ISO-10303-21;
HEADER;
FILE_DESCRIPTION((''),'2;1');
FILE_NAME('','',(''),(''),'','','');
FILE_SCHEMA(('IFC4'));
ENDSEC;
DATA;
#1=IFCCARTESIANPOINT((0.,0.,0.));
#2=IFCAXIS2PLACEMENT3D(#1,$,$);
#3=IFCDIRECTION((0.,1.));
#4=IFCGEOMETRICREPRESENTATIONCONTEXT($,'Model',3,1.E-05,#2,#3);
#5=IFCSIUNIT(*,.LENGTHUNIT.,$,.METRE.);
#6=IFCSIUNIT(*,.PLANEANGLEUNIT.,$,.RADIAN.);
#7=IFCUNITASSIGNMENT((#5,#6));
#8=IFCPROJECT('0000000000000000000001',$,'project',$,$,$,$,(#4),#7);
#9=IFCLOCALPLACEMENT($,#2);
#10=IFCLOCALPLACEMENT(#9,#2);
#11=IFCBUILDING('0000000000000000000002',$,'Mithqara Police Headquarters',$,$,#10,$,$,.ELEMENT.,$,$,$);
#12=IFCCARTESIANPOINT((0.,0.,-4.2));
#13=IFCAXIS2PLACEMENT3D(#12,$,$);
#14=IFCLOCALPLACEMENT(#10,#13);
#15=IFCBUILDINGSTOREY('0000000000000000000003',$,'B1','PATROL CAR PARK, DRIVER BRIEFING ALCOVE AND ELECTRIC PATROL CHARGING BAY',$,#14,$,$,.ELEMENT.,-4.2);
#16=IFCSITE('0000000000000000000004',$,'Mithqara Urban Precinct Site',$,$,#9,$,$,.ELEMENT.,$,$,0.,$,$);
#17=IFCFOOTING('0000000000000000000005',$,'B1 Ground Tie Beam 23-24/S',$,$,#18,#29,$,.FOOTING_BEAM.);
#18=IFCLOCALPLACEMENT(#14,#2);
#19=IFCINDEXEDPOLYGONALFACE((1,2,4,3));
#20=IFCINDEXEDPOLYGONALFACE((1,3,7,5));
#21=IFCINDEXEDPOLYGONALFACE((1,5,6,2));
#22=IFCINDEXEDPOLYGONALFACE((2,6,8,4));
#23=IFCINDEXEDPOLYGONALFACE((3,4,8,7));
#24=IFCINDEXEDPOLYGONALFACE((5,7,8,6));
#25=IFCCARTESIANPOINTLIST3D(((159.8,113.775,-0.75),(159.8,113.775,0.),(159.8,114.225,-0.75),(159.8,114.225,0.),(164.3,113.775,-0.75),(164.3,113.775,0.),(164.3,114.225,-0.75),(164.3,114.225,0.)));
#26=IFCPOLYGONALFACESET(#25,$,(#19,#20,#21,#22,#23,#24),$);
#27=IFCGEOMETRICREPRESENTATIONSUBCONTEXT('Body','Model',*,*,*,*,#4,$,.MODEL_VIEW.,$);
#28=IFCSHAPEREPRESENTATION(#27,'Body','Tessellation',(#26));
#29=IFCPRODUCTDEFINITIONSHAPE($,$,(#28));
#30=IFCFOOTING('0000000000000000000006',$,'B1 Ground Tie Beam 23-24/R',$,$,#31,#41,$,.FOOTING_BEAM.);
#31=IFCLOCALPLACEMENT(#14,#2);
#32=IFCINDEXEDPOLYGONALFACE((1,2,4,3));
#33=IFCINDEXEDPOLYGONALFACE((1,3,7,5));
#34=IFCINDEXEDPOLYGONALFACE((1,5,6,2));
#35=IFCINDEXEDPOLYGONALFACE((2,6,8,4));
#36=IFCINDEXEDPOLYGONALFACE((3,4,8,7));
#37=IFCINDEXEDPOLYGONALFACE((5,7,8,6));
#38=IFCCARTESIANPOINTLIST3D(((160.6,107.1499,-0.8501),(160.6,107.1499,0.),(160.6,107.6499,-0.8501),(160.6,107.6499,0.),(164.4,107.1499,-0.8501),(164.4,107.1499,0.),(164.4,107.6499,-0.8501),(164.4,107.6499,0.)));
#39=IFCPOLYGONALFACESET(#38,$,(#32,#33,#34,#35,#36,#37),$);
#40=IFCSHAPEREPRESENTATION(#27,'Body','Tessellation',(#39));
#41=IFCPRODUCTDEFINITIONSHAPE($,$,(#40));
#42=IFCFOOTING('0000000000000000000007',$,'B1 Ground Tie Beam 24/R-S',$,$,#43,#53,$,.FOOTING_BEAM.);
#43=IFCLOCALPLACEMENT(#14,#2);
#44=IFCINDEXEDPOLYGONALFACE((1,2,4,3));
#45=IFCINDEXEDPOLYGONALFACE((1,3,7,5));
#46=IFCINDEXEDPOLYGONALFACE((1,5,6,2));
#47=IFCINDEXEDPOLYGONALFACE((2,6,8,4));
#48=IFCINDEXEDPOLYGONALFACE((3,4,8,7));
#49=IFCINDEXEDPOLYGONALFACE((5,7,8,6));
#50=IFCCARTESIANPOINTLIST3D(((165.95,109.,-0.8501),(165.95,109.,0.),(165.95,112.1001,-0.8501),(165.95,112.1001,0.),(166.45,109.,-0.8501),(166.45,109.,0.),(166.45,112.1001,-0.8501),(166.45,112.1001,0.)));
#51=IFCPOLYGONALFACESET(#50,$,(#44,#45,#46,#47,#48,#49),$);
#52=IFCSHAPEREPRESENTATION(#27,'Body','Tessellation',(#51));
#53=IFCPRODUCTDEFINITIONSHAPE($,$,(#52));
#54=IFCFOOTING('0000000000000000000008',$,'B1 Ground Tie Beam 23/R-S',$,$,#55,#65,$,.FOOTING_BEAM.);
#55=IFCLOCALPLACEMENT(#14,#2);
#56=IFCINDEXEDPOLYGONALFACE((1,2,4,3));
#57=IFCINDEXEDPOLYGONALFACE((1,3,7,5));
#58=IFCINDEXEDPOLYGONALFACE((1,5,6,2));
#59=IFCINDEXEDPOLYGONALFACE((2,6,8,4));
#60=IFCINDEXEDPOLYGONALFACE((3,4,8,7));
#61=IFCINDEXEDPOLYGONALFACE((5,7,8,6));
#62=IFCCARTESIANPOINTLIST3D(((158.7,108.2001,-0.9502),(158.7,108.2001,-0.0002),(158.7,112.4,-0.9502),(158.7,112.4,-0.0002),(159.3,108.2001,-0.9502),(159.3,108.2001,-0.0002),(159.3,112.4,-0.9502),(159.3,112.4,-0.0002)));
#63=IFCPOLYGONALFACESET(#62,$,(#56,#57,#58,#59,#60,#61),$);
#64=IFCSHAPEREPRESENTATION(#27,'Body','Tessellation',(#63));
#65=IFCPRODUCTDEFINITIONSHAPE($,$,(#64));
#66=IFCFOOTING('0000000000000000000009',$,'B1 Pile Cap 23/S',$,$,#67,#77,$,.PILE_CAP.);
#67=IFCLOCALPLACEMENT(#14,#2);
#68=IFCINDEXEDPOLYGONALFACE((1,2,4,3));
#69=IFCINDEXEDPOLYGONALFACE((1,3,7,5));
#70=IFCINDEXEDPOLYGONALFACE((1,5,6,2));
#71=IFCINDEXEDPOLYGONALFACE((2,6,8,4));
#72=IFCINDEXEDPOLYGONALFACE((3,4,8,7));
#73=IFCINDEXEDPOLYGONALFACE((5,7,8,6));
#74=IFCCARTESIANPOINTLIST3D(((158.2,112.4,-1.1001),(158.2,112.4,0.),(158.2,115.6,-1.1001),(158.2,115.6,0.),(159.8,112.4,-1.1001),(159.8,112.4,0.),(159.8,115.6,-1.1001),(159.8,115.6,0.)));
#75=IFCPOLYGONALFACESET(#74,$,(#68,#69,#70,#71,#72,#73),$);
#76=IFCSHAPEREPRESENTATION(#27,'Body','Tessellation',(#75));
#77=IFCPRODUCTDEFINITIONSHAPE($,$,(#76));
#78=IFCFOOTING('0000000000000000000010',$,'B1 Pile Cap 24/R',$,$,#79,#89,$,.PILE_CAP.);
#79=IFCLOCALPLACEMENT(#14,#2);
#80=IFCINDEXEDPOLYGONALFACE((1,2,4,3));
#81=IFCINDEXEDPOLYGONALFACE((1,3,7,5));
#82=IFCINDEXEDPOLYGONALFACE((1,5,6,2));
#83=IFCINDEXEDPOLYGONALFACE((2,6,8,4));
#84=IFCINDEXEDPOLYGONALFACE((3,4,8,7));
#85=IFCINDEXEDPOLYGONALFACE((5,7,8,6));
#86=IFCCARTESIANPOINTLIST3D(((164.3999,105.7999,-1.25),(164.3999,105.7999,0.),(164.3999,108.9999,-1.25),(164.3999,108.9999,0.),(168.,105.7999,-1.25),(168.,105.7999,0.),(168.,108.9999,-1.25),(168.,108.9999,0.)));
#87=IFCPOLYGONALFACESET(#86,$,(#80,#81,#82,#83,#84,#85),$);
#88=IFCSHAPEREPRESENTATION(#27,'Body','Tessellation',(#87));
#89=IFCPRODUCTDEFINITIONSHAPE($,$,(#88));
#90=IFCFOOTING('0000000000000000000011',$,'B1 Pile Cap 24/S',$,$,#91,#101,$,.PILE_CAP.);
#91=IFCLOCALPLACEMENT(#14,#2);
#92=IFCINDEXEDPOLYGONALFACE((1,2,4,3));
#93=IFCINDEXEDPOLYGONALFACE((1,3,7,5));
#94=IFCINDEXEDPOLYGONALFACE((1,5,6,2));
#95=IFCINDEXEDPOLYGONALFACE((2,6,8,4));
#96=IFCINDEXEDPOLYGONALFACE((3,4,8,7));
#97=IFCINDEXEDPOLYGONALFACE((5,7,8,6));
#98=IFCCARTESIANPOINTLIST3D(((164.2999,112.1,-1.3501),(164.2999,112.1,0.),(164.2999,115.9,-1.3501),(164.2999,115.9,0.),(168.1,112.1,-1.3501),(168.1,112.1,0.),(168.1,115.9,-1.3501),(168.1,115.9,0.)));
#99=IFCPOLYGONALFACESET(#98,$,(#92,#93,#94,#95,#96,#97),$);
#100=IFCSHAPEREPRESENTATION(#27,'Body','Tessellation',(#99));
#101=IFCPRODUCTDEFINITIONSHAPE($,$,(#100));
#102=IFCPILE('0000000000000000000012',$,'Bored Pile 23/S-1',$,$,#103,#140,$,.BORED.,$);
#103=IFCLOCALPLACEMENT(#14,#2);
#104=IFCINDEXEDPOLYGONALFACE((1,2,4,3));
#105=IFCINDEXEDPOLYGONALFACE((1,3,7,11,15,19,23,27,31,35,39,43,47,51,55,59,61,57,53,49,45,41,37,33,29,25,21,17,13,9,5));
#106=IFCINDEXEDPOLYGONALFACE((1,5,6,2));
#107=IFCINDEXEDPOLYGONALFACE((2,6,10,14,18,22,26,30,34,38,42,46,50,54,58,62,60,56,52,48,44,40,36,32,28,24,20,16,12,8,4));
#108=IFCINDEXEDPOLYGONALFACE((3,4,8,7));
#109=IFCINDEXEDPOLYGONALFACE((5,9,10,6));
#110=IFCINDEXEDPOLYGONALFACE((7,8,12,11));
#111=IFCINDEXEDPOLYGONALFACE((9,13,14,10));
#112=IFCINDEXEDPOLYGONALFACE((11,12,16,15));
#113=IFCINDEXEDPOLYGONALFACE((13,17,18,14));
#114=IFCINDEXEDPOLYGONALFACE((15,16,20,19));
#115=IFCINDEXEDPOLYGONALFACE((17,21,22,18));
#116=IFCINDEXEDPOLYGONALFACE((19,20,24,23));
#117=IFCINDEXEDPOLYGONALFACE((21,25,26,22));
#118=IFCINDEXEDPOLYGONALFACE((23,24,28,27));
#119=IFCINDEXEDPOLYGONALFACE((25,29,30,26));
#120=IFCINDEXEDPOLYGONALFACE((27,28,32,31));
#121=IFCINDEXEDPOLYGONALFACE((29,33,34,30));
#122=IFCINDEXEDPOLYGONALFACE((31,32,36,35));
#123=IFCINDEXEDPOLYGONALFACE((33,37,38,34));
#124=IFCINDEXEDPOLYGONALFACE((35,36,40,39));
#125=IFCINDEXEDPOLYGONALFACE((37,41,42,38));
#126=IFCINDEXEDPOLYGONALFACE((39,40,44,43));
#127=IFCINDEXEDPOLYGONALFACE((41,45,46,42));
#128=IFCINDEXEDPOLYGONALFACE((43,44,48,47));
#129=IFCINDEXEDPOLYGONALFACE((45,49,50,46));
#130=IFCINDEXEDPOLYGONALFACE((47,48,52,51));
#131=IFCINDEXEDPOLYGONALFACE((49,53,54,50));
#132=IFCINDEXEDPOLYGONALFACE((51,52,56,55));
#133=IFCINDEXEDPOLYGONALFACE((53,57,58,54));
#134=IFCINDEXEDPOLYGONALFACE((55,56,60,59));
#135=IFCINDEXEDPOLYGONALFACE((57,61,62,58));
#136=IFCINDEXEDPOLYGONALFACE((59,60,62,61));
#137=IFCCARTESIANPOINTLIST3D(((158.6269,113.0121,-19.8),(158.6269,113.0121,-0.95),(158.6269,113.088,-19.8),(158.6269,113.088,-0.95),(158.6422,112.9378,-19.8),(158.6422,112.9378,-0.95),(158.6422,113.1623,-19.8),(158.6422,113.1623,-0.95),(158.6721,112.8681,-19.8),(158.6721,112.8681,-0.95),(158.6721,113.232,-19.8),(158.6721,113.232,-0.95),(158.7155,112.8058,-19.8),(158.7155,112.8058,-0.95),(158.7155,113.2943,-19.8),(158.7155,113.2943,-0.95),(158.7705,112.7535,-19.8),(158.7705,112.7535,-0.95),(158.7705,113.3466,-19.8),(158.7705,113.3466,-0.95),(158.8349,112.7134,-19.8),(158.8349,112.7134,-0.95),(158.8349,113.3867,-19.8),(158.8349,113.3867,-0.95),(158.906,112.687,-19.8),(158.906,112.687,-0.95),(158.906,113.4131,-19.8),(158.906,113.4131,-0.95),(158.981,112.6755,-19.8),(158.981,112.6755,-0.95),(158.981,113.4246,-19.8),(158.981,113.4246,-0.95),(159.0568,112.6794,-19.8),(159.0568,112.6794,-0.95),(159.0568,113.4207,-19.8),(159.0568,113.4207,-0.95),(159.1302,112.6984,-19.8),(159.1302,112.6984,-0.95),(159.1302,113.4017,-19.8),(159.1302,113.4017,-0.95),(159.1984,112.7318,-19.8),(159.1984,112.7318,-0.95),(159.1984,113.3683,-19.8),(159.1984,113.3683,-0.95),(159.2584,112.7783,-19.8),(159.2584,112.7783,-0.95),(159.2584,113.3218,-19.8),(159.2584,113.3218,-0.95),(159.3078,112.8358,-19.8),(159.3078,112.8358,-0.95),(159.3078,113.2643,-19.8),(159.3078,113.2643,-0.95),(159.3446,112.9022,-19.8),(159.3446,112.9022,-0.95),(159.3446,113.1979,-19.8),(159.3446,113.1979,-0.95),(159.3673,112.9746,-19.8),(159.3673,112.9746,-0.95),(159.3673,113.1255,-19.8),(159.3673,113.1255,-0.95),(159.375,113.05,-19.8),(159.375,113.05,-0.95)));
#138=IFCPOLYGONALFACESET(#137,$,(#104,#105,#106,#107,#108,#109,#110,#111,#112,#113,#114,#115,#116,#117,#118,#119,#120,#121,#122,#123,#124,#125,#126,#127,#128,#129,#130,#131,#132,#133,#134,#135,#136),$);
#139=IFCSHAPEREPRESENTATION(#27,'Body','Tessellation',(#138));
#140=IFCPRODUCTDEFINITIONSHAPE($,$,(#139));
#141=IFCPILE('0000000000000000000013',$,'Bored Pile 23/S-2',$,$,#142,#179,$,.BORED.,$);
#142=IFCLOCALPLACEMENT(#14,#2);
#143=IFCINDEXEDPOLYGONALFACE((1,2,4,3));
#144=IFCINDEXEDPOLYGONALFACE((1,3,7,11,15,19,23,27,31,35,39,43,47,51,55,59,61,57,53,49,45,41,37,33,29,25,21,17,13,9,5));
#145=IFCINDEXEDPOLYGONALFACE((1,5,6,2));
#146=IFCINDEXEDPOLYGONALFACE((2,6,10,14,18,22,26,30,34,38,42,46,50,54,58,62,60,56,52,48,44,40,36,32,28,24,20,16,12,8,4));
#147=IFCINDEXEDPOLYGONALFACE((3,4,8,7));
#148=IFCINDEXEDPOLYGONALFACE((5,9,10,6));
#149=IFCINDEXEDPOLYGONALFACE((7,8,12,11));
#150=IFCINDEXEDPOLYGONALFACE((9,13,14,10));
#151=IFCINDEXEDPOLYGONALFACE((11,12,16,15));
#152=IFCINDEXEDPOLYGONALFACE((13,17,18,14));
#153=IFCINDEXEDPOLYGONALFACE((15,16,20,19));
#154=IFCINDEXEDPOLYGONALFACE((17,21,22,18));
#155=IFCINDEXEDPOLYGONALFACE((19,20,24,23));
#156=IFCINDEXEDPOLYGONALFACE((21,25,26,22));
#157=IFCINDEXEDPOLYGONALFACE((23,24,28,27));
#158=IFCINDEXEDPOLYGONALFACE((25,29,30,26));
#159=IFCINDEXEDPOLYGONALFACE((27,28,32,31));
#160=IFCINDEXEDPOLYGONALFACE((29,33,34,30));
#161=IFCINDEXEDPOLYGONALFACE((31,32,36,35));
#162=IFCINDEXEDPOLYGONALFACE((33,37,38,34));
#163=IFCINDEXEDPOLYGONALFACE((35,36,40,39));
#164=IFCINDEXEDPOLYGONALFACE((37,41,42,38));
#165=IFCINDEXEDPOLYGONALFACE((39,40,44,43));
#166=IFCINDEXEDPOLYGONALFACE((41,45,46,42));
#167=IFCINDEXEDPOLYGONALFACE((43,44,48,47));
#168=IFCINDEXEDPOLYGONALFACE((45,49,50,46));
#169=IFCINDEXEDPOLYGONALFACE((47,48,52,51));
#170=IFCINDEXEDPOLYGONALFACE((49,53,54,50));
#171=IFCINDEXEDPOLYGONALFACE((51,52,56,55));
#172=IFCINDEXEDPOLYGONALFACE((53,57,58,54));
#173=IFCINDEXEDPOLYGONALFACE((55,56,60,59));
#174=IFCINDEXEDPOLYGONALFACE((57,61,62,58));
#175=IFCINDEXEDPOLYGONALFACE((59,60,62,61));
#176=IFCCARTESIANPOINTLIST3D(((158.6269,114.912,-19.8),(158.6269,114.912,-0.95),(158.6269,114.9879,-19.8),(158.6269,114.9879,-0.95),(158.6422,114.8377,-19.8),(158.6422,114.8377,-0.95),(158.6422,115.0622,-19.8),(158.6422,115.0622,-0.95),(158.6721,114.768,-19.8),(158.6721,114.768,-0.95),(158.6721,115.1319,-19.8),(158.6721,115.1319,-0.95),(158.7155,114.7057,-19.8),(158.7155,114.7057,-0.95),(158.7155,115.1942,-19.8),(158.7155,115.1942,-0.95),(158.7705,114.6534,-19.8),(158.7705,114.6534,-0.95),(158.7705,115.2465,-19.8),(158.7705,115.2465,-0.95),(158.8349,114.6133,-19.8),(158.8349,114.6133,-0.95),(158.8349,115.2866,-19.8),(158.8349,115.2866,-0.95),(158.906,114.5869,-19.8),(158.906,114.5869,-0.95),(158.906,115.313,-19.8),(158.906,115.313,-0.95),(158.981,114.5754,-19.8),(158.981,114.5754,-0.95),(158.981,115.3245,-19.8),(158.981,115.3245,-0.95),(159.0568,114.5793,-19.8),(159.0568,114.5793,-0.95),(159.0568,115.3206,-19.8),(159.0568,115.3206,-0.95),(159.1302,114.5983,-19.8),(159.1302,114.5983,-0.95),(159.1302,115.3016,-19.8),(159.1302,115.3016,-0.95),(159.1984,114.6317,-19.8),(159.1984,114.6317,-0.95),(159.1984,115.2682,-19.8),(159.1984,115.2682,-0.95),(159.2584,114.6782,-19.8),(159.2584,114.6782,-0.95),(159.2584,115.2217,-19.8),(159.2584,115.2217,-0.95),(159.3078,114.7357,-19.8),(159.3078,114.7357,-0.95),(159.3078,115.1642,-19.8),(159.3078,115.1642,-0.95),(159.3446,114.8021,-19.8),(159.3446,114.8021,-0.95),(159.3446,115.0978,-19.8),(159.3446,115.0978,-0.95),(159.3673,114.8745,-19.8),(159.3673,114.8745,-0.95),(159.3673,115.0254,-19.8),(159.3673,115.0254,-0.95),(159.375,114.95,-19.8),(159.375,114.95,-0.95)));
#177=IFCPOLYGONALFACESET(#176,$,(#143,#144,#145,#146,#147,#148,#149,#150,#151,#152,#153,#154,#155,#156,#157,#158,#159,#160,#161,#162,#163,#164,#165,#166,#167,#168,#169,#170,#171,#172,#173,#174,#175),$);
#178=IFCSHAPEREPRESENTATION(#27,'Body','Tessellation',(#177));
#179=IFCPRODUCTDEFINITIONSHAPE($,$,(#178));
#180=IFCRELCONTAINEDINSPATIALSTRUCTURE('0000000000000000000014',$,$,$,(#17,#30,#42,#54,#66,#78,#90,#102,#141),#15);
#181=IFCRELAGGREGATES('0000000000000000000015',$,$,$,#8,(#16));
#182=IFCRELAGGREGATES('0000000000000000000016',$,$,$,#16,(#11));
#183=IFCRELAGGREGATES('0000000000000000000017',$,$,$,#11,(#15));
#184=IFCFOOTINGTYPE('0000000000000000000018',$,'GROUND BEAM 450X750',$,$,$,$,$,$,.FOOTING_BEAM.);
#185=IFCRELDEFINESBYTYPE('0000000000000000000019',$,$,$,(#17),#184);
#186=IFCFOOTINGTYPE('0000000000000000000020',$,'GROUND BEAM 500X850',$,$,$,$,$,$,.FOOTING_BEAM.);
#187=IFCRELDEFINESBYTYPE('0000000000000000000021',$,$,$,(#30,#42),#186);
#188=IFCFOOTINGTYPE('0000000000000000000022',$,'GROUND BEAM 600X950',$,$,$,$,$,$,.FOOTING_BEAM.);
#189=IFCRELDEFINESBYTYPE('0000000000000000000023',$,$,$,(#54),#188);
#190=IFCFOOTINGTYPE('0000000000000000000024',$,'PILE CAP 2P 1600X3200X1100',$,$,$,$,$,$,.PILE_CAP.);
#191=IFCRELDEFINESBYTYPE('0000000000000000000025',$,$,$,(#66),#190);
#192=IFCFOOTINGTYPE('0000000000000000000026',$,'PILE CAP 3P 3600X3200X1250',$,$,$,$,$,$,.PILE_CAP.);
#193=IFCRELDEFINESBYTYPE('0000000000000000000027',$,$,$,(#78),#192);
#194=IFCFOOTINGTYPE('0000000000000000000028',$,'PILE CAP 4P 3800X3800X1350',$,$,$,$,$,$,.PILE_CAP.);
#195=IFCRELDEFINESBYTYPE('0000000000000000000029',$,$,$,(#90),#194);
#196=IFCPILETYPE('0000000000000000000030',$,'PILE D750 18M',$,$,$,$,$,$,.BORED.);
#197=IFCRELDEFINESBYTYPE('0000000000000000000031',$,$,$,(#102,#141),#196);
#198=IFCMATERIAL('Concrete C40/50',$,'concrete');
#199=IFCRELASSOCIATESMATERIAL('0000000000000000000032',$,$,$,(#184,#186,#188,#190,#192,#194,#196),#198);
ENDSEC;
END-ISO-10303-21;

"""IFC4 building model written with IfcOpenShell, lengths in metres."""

from ifc_helpers import new_model, si_unit, direction, frame, origin, origin_2d, place, context, subcontext, project, spatial, rectangle, circle, extrude, material, material_profile, profile_set, type_object, element, save


model = new_model("IFC4")

# Units and contexts
model_context = context("Model", 3, precision=1e-05, world=origin(), true_north=direction((0.0, 1.0)))
body_context = subcontext(model_context, "Body", "Model", "MODEL_VIEW")
ifc_project = project(units=[si_unit("LENGTHUNIT", "METRE"), si_unit("PLANEANGLEUNIT", "RADIAN")], contexts=[model_context])

# Site, building, storey
site_placement = place(None, origin())
site = spatial("IfcSite", under=ifc_project, at=site_placement, Name="Mithqara Urban Precinct Site", CompositionType="ELEMENT", RefElevation=0.0)
building_placement = place(site_placement, origin())
building = spatial("IfcBuilding", under=site, at=building_placement, Name="Mithqara Police Headquarters", CompositionType="ELEMENT")
storey_placement = place(building_placement, frame((0.0, 0.0, -4.2)))
storey = spatial("IfcBuildingStorey", under=building, at=storey_placement, Name="B1", Description="PATROL CAR PARK, DRIVER BRIEFING ALCOVE AND ELECTRIC PATROL CHARGING BAY", CompositionType="ELEMENT", Elevation=-4.2)

# Footings
ifc_material_1 = material(Name="Concrete C40/50", Category="concrete")
footing_type_1 = type_object("IfcFootingType", Name="GROUND BEAM 450X750", PredefinedType="FOOTING_BEAM", material=ifc_material_1)
footing_1_placement = place(storey_placement, frame((162.05, 114.0, -0.75), z_axis=(0.0, 0.0, 1.0), x_axis=(1.0, 0.0, 0.0)))
element("IfcFooting", 1, at=footing_1_placement, inside=storey, type_object=footing_type_1, Name="B1 Ground Tie Beam 23-24/S", PredefinedType="FOOTING_BEAM", context=body_context, shape_type="SweptSolid", body=[
    extrude(rectangle(XDim=4.5, YDim=0.45, at=origin_2d()), origin(), (0.0, 0.0, 1.0), 0.75),
])
footing_type_2 = type_object("IfcFootingType", Name="GROUND BEAM 500X850", PredefinedType="FOOTING_BEAM", material=ifc_material_1)
footing_2_placement = place(storey_placement, frame((162.5, 107.3999, -0.8501), z_axis=(0.0, 0.0, 1.0), x_axis=(1.0, 0.0, 0.0)))
element("IfcFooting", 2, at=footing_2_placement, inside=storey, type_object=footing_type_2, Name="B1 Ground Tie Beam 23-24/R", PredefinedType="FOOTING_BEAM", context=body_context, shape_type="SweptSolid", body=[
    extrude(rectangle(XDim=3.8, YDim=0.5, at=origin_2d()), origin(), (0.0, 0.0, 1.0), 0.8501),
])
footing_3_placement = place(storey_placement, frame((166.2, 110.55, -0.8501), z_axis=(0.0, 0.0, 1.0), x_axis=(1.0, 0.0, 0.0)))
element("IfcFooting", 3, at=footing_3_placement, inside=storey, type_object=footing_type_2, Name="B1 Ground Tie Beam 24/R-S", PredefinedType="FOOTING_BEAM", context=body_context, shape_type="SweptSolid", body=[
    extrude(rectangle(XDim=0.5, YDim=3.1001, at=origin_2d()), origin(), (0.0, 0.0, 1.0), 0.8501),
])
footing_type_3 = type_object("IfcFootingType", Name="GROUND BEAM 600X950", PredefinedType="FOOTING_BEAM", material=ifc_material_1)
footing_4_placement = place(storey_placement, frame((159.0, 110.3, -0.9502), z_axis=(0.0, 0.0, 1.0), x_axis=(1.0, 0.0, 0.0)))
element("IfcFooting", 4, at=footing_4_placement, inside=storey, type_object=footing_type_3, Name="B1 Ground Tie Beam 23/R-S", PredefinedType="FOOTING_BEAM", context=body_context, shape_type="SweptSolid", body=[
    extrude(rectangle(XDim=0.6001, YDim=4.2, at=origin_2d()), origin(), (0.0, 0.0, 1.0), 0.95),
])
footing_type_4 = type_object("IfcFootingType", Name="PILE CAP 2P 1600X3200X1100", PredefinedType="PILE_CAP", material=ifc_material_1)
footing_5_placement = place(storey_placement, frame((159.0, 114.0, -1.1001), z_axis=(0.0, 0.0, 1.0), x_axis=(1.0, 0.0, 0.0)))
element("IfcFooting", 5, at=footing_5_placement, inside=storey, type_object=footing_type_4, Name="B1 Pile Cap 23/S", PredefinedType="PILE_CAP", context=body_context, shape_type="SweptSolid", body=[
    extrude(rectangle(XDim=1.6001, YDim=3.2, at=origin_2d()), origin(), (0.0, 0.0, 1.0), 1.1001),
])
footing_type_5 = type_object("IfcFootingType", Name="PILE CAP 3P 3600X3200X1250", PredefinedType="PILE_CAP", material=ifc_material_1)
footing_6_placement = place(storey_placement, frame((166.2, 107.3999, -1.25), z_axis=(0.0, 0.0, 1.0), x_axis=(1.0, 0.0, 0.0)))
element("IfcFooting", 6, at=footing_6_placement, inside=storey, type_object=footing_type_5, Name="B1 Pile Cap 24/R", PredefinedType="PILE_CAP", context=body_context, shape_type="SweptSolid", body=[
    extrude(rectangle(XDim=3.6001, YDim=3.2, at=origin_2d()), origin(), (0.0, 0.0, 1.0), 1.25),
])
footing_type_6 = type_object("IfcFootingType", Name="PILE CAP 4P 3800X3800X1350", PredefinedType="PILE_CAP", material=ifc_material_1)
footing_7_placement = place(storey_placement, frame((166.2, 114.0, -1.3501), z_axis=(0.0, 0.0, 1.0), x_axis=(1.0, 0.0, 0.0)))
element("IfcFooting", 7, at=footing_7_placement, inside=storey, type_object=footing_type_6, Name="B1 Pile Cap 24/S", PredefinedType="PILE_CAP", context=body_context, shape_type="SweptSolid", body=[
    extrude(rectangle(XDim=3.8, YDim=3.8, at=origin_2d()), origin(), (0.0, 0.0, 1.0), 1.3501),
])

# Piles
ifc_material_profile_1 = material_profile(ifc_material_1, circle(Radius=0.375, at=origin_2d()), Name="PILE D750")
ifc_profile_set_1 = profile_set([ifc_material_profile_1], Name="Concrete C40/50")
pile_type_1 = type_object("IfcPileType", Name="PILE D750 18M", PredefinedType="BORED", material=ifc_profile_set_1)
for number, where, z_axis, x_axis, name in (
    (8, (159.0, 113.05, -0.95), (0.0, 0.0, -1.0), (1.0, 0.0, 0.0), "Bored Pile 23/S-1"),
    (9, (159.0, 114.95, -0.95), (0.0, 0.0, -1.0), (1.0, 0.0, 0.0), "Bored Pile 23/S-2"),
):
    element("IfcPile", number, at=place(storey_placement, frame(where, z_axis=z_axis, x_axis=x_axis)), inside=storey, type_object=pile_type_1, Name=name, PredefinedType="BORED", context=body_context, shape_type="SweptSolid", body=[
        extrude(circle(Radius=0.375, at=origin_2d()), origin(), (0.0, 0.0, 1.0), 18.8501),
    ])

save(model, "model.ifc")
